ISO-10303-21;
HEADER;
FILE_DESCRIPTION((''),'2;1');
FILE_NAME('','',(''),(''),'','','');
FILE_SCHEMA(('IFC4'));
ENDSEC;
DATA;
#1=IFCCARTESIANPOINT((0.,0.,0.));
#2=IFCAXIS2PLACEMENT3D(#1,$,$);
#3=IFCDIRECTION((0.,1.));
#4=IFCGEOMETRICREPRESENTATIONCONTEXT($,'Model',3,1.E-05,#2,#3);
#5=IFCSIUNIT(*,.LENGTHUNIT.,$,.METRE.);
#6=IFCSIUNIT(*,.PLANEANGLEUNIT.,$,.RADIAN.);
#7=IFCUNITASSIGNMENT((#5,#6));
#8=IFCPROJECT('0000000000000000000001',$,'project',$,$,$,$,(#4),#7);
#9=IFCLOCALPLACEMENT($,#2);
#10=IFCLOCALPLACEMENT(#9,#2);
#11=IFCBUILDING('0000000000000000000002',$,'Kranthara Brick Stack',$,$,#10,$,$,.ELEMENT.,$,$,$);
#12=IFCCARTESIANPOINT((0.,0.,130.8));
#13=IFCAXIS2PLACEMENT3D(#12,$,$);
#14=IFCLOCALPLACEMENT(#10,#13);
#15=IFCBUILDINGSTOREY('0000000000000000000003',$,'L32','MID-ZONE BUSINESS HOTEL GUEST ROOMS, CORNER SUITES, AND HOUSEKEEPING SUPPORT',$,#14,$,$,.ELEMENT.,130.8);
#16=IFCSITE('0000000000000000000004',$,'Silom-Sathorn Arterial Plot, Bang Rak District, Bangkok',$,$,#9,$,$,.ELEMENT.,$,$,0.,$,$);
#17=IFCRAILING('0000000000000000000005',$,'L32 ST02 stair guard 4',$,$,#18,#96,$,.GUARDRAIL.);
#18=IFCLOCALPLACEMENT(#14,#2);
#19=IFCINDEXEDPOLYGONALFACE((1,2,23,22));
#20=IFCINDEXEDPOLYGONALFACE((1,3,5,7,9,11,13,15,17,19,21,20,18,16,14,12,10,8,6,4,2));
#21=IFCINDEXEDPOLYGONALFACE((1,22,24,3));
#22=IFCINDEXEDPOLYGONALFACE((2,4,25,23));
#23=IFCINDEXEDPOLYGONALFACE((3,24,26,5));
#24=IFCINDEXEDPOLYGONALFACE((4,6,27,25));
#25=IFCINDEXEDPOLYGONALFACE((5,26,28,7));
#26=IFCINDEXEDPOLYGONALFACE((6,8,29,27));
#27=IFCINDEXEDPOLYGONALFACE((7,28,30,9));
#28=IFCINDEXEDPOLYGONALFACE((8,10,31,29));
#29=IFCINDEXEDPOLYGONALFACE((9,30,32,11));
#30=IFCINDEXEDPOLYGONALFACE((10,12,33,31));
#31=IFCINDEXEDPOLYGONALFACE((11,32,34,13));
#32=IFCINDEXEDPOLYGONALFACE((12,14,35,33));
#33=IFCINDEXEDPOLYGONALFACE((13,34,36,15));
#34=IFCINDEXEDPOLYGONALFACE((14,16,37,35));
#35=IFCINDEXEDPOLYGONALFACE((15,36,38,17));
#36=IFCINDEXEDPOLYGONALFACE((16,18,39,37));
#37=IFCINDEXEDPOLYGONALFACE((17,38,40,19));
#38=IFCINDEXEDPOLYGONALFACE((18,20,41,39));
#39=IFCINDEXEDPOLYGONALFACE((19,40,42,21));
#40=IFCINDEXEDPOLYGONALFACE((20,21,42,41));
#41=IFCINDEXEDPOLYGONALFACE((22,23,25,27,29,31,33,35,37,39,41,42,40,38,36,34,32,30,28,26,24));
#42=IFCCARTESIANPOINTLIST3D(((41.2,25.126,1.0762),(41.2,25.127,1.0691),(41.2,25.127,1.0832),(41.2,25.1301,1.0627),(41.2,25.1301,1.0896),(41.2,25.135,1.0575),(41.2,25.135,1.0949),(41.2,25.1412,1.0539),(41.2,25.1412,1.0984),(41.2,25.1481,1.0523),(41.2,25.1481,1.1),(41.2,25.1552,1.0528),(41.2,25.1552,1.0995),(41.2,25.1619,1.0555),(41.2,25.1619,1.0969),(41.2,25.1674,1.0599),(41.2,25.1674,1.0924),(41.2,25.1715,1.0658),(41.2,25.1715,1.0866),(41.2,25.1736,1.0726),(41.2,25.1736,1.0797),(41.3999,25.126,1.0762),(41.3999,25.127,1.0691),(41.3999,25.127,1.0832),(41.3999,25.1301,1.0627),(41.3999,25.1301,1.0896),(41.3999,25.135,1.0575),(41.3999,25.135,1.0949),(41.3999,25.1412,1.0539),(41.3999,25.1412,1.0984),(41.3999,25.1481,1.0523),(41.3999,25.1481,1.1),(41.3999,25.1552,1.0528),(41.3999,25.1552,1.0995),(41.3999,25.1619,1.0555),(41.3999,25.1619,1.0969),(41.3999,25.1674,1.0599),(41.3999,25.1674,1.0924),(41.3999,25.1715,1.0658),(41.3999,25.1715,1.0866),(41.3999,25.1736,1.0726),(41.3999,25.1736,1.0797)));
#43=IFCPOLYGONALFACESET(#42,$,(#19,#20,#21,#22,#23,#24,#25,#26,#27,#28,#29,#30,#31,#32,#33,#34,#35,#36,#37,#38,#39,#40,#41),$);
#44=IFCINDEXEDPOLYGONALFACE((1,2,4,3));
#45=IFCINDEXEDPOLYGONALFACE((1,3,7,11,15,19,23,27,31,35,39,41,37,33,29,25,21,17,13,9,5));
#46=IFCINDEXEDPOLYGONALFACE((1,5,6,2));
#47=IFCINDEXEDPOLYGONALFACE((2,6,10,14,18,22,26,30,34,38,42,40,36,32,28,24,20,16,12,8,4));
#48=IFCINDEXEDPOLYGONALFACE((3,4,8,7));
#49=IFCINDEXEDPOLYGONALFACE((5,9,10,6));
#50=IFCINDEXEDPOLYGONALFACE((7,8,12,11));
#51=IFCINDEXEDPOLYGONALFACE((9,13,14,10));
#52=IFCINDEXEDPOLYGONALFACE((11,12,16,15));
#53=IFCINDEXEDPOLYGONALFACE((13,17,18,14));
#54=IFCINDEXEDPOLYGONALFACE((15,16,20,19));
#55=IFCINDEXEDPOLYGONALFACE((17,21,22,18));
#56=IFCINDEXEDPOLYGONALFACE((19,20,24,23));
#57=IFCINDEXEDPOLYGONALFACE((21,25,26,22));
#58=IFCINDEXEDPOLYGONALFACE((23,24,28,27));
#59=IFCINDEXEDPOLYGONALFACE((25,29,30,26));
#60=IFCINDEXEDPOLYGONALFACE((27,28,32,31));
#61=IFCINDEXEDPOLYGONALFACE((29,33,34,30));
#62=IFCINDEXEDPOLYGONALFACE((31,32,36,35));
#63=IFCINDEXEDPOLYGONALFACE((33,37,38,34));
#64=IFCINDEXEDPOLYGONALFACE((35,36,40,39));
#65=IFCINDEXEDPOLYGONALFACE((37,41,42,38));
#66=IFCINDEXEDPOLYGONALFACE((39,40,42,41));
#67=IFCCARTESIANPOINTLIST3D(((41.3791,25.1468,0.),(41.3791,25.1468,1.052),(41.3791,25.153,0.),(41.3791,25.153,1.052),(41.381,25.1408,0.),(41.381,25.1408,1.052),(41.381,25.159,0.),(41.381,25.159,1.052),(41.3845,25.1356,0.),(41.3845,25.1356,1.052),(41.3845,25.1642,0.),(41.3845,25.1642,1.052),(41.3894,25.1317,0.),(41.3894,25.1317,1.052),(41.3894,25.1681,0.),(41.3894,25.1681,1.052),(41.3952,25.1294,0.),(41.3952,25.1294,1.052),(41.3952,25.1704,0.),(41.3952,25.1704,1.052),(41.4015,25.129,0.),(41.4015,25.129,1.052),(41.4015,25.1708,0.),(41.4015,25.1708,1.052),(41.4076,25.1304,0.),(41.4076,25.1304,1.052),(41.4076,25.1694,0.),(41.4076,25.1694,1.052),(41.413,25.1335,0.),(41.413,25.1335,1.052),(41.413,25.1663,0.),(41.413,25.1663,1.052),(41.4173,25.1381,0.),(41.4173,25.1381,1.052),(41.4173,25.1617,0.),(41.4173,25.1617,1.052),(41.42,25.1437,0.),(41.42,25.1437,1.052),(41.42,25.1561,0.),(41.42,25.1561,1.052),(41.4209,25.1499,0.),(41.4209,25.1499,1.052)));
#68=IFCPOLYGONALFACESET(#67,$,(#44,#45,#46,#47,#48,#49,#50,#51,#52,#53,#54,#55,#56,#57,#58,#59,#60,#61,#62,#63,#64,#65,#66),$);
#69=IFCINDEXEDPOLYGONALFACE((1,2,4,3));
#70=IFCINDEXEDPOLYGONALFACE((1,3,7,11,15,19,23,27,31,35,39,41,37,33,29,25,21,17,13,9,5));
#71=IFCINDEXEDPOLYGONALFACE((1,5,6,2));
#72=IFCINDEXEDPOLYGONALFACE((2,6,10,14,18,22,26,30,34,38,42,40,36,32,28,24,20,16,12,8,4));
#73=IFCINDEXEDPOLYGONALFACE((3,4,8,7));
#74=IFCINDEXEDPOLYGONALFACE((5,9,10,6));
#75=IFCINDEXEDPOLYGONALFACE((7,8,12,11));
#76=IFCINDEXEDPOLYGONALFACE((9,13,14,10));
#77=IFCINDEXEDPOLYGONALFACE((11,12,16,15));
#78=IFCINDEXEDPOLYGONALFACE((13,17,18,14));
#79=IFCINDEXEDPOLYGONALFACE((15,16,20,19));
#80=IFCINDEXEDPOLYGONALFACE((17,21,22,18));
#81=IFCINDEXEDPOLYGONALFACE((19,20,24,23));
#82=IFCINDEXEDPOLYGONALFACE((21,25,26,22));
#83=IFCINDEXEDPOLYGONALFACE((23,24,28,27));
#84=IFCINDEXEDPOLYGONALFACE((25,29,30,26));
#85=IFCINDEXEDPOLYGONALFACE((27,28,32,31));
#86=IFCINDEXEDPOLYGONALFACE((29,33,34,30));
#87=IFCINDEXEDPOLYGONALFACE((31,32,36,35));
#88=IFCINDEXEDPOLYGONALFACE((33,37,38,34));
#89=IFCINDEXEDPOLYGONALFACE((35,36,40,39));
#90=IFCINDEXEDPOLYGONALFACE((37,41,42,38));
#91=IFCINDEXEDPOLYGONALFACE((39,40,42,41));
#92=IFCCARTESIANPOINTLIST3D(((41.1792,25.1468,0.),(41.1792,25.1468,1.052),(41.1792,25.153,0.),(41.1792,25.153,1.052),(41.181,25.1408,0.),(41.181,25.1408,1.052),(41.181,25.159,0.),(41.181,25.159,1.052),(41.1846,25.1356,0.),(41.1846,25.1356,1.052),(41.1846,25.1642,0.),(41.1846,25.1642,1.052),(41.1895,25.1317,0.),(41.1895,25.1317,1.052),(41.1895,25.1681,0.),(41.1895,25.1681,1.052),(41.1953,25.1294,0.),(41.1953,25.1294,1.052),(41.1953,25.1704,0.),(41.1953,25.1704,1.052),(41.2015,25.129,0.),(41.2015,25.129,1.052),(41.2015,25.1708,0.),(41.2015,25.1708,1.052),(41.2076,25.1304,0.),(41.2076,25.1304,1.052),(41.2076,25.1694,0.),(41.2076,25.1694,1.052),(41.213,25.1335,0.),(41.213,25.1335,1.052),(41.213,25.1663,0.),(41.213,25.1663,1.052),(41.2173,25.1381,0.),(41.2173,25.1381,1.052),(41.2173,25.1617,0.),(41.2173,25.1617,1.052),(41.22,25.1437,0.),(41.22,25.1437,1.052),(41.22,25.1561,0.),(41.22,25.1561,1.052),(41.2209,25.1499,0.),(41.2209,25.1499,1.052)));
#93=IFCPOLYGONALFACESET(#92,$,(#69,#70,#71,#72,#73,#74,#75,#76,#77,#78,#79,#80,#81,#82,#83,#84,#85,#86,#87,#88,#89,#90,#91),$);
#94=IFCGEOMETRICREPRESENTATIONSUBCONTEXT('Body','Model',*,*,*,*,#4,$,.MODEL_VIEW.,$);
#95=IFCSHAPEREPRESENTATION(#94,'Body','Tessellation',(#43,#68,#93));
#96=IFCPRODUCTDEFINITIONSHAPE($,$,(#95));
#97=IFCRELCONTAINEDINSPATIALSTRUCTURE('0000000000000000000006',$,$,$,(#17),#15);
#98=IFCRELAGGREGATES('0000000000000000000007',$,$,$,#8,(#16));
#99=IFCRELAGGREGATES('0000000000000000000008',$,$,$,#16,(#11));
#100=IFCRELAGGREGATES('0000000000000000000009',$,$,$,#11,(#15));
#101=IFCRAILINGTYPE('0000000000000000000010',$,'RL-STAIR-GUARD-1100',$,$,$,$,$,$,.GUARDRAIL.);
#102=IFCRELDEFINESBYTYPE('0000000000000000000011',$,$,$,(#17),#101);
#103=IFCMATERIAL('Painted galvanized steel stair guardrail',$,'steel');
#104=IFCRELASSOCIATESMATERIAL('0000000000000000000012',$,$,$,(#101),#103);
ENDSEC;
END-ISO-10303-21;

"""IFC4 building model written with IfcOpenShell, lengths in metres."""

from ifc_helpers import new_model, si_unit, direction, frame, origin, origin_2d, place, context, subcontext, project, spatial, circle, extrude, material, type_object, element, save


model = new_model("IFC4")

# Units and contexts
model_context = context("Model", 3, precision=1e-05, world=origin(), true_north=direction((0.0, 1.0)))
body_context = subcontext(model_context, "Body", "Model", "MODEL_VIEW")
ifc_project = project(units=[si_unit("LENGTHUNIT", "METRE"), si_unit("PLANEANGLEUNIT", "RADIAN")], contexts=[model_context])

# Site, building, storey
site_placement = place(None, origin())
site = spatial("IfcSite", under=ifc_project, at=site_placement, Name="Silom-Sathorn Arterial Plot, Bang Rak District, Bangkok", CompositionType="ELEMENT", RefElevation=0.0)
building_placement = place(site_placement, origin())
building = spatial("IfcBuilding", under=site, at=building_placement, Name="Kranthara Brick Stack", CompositionType="ELEMENT")
storey_placement = place(building_placement, frame((0.0, 0.0, 130.8)))
storey = spatial("IfcBuildingStorey", under=building, at=storey_placement, Name="L32", Description="MID-ZONE BUSINESS HOTEL GUEST ROOMS, CORNER SUITES, AND HOUSEKEEPING SUPPORT", CompositionType="ELEMENT", Elevation=130.8)

# Railing
ifc_material_1 = material(Name="Painted galvanized steel stair guardrail", Category="steel")
railing_type_1 = type_object("IfcRailingType", Name="RL-STAIR-GUARD-1100", PredefinedType="GUARDRAIL", material=ifc_material_1)
railing_1_placement = place(storey_placement, frame((41.3999, 25.1499, 0.0)))
element("IfcRailing", 1, at=railing_1_placement, inside=storey, type_object=railing_type_1, Name="L32 ST02 stair guard 4", PredefinedType="GUARDRAIL", context=body_context, shape_type="SweptSolid", body=[
    extrude(circle(Radius=0.0239, at=origin_2d()), frame((0.0, 0.0, 1.0762), z_axis=(-1.0, 0.0, 0.0), x_axis=(0.0, -1.0, 0.0)), (0.0, 0.0, 1.0), 0.2),
    extrude(circle(Radius=0.021, at=origin_2d()), origin(), (0.0, 0.0, 1.0), 1.052),
    extrude(circle(Radius=0.021, at=origin_2d()), frame((-0.2, 0.0, 0.0)), (0.0, 0.0, 1.0), 1.052),
])

save(model, "model.ifc")
